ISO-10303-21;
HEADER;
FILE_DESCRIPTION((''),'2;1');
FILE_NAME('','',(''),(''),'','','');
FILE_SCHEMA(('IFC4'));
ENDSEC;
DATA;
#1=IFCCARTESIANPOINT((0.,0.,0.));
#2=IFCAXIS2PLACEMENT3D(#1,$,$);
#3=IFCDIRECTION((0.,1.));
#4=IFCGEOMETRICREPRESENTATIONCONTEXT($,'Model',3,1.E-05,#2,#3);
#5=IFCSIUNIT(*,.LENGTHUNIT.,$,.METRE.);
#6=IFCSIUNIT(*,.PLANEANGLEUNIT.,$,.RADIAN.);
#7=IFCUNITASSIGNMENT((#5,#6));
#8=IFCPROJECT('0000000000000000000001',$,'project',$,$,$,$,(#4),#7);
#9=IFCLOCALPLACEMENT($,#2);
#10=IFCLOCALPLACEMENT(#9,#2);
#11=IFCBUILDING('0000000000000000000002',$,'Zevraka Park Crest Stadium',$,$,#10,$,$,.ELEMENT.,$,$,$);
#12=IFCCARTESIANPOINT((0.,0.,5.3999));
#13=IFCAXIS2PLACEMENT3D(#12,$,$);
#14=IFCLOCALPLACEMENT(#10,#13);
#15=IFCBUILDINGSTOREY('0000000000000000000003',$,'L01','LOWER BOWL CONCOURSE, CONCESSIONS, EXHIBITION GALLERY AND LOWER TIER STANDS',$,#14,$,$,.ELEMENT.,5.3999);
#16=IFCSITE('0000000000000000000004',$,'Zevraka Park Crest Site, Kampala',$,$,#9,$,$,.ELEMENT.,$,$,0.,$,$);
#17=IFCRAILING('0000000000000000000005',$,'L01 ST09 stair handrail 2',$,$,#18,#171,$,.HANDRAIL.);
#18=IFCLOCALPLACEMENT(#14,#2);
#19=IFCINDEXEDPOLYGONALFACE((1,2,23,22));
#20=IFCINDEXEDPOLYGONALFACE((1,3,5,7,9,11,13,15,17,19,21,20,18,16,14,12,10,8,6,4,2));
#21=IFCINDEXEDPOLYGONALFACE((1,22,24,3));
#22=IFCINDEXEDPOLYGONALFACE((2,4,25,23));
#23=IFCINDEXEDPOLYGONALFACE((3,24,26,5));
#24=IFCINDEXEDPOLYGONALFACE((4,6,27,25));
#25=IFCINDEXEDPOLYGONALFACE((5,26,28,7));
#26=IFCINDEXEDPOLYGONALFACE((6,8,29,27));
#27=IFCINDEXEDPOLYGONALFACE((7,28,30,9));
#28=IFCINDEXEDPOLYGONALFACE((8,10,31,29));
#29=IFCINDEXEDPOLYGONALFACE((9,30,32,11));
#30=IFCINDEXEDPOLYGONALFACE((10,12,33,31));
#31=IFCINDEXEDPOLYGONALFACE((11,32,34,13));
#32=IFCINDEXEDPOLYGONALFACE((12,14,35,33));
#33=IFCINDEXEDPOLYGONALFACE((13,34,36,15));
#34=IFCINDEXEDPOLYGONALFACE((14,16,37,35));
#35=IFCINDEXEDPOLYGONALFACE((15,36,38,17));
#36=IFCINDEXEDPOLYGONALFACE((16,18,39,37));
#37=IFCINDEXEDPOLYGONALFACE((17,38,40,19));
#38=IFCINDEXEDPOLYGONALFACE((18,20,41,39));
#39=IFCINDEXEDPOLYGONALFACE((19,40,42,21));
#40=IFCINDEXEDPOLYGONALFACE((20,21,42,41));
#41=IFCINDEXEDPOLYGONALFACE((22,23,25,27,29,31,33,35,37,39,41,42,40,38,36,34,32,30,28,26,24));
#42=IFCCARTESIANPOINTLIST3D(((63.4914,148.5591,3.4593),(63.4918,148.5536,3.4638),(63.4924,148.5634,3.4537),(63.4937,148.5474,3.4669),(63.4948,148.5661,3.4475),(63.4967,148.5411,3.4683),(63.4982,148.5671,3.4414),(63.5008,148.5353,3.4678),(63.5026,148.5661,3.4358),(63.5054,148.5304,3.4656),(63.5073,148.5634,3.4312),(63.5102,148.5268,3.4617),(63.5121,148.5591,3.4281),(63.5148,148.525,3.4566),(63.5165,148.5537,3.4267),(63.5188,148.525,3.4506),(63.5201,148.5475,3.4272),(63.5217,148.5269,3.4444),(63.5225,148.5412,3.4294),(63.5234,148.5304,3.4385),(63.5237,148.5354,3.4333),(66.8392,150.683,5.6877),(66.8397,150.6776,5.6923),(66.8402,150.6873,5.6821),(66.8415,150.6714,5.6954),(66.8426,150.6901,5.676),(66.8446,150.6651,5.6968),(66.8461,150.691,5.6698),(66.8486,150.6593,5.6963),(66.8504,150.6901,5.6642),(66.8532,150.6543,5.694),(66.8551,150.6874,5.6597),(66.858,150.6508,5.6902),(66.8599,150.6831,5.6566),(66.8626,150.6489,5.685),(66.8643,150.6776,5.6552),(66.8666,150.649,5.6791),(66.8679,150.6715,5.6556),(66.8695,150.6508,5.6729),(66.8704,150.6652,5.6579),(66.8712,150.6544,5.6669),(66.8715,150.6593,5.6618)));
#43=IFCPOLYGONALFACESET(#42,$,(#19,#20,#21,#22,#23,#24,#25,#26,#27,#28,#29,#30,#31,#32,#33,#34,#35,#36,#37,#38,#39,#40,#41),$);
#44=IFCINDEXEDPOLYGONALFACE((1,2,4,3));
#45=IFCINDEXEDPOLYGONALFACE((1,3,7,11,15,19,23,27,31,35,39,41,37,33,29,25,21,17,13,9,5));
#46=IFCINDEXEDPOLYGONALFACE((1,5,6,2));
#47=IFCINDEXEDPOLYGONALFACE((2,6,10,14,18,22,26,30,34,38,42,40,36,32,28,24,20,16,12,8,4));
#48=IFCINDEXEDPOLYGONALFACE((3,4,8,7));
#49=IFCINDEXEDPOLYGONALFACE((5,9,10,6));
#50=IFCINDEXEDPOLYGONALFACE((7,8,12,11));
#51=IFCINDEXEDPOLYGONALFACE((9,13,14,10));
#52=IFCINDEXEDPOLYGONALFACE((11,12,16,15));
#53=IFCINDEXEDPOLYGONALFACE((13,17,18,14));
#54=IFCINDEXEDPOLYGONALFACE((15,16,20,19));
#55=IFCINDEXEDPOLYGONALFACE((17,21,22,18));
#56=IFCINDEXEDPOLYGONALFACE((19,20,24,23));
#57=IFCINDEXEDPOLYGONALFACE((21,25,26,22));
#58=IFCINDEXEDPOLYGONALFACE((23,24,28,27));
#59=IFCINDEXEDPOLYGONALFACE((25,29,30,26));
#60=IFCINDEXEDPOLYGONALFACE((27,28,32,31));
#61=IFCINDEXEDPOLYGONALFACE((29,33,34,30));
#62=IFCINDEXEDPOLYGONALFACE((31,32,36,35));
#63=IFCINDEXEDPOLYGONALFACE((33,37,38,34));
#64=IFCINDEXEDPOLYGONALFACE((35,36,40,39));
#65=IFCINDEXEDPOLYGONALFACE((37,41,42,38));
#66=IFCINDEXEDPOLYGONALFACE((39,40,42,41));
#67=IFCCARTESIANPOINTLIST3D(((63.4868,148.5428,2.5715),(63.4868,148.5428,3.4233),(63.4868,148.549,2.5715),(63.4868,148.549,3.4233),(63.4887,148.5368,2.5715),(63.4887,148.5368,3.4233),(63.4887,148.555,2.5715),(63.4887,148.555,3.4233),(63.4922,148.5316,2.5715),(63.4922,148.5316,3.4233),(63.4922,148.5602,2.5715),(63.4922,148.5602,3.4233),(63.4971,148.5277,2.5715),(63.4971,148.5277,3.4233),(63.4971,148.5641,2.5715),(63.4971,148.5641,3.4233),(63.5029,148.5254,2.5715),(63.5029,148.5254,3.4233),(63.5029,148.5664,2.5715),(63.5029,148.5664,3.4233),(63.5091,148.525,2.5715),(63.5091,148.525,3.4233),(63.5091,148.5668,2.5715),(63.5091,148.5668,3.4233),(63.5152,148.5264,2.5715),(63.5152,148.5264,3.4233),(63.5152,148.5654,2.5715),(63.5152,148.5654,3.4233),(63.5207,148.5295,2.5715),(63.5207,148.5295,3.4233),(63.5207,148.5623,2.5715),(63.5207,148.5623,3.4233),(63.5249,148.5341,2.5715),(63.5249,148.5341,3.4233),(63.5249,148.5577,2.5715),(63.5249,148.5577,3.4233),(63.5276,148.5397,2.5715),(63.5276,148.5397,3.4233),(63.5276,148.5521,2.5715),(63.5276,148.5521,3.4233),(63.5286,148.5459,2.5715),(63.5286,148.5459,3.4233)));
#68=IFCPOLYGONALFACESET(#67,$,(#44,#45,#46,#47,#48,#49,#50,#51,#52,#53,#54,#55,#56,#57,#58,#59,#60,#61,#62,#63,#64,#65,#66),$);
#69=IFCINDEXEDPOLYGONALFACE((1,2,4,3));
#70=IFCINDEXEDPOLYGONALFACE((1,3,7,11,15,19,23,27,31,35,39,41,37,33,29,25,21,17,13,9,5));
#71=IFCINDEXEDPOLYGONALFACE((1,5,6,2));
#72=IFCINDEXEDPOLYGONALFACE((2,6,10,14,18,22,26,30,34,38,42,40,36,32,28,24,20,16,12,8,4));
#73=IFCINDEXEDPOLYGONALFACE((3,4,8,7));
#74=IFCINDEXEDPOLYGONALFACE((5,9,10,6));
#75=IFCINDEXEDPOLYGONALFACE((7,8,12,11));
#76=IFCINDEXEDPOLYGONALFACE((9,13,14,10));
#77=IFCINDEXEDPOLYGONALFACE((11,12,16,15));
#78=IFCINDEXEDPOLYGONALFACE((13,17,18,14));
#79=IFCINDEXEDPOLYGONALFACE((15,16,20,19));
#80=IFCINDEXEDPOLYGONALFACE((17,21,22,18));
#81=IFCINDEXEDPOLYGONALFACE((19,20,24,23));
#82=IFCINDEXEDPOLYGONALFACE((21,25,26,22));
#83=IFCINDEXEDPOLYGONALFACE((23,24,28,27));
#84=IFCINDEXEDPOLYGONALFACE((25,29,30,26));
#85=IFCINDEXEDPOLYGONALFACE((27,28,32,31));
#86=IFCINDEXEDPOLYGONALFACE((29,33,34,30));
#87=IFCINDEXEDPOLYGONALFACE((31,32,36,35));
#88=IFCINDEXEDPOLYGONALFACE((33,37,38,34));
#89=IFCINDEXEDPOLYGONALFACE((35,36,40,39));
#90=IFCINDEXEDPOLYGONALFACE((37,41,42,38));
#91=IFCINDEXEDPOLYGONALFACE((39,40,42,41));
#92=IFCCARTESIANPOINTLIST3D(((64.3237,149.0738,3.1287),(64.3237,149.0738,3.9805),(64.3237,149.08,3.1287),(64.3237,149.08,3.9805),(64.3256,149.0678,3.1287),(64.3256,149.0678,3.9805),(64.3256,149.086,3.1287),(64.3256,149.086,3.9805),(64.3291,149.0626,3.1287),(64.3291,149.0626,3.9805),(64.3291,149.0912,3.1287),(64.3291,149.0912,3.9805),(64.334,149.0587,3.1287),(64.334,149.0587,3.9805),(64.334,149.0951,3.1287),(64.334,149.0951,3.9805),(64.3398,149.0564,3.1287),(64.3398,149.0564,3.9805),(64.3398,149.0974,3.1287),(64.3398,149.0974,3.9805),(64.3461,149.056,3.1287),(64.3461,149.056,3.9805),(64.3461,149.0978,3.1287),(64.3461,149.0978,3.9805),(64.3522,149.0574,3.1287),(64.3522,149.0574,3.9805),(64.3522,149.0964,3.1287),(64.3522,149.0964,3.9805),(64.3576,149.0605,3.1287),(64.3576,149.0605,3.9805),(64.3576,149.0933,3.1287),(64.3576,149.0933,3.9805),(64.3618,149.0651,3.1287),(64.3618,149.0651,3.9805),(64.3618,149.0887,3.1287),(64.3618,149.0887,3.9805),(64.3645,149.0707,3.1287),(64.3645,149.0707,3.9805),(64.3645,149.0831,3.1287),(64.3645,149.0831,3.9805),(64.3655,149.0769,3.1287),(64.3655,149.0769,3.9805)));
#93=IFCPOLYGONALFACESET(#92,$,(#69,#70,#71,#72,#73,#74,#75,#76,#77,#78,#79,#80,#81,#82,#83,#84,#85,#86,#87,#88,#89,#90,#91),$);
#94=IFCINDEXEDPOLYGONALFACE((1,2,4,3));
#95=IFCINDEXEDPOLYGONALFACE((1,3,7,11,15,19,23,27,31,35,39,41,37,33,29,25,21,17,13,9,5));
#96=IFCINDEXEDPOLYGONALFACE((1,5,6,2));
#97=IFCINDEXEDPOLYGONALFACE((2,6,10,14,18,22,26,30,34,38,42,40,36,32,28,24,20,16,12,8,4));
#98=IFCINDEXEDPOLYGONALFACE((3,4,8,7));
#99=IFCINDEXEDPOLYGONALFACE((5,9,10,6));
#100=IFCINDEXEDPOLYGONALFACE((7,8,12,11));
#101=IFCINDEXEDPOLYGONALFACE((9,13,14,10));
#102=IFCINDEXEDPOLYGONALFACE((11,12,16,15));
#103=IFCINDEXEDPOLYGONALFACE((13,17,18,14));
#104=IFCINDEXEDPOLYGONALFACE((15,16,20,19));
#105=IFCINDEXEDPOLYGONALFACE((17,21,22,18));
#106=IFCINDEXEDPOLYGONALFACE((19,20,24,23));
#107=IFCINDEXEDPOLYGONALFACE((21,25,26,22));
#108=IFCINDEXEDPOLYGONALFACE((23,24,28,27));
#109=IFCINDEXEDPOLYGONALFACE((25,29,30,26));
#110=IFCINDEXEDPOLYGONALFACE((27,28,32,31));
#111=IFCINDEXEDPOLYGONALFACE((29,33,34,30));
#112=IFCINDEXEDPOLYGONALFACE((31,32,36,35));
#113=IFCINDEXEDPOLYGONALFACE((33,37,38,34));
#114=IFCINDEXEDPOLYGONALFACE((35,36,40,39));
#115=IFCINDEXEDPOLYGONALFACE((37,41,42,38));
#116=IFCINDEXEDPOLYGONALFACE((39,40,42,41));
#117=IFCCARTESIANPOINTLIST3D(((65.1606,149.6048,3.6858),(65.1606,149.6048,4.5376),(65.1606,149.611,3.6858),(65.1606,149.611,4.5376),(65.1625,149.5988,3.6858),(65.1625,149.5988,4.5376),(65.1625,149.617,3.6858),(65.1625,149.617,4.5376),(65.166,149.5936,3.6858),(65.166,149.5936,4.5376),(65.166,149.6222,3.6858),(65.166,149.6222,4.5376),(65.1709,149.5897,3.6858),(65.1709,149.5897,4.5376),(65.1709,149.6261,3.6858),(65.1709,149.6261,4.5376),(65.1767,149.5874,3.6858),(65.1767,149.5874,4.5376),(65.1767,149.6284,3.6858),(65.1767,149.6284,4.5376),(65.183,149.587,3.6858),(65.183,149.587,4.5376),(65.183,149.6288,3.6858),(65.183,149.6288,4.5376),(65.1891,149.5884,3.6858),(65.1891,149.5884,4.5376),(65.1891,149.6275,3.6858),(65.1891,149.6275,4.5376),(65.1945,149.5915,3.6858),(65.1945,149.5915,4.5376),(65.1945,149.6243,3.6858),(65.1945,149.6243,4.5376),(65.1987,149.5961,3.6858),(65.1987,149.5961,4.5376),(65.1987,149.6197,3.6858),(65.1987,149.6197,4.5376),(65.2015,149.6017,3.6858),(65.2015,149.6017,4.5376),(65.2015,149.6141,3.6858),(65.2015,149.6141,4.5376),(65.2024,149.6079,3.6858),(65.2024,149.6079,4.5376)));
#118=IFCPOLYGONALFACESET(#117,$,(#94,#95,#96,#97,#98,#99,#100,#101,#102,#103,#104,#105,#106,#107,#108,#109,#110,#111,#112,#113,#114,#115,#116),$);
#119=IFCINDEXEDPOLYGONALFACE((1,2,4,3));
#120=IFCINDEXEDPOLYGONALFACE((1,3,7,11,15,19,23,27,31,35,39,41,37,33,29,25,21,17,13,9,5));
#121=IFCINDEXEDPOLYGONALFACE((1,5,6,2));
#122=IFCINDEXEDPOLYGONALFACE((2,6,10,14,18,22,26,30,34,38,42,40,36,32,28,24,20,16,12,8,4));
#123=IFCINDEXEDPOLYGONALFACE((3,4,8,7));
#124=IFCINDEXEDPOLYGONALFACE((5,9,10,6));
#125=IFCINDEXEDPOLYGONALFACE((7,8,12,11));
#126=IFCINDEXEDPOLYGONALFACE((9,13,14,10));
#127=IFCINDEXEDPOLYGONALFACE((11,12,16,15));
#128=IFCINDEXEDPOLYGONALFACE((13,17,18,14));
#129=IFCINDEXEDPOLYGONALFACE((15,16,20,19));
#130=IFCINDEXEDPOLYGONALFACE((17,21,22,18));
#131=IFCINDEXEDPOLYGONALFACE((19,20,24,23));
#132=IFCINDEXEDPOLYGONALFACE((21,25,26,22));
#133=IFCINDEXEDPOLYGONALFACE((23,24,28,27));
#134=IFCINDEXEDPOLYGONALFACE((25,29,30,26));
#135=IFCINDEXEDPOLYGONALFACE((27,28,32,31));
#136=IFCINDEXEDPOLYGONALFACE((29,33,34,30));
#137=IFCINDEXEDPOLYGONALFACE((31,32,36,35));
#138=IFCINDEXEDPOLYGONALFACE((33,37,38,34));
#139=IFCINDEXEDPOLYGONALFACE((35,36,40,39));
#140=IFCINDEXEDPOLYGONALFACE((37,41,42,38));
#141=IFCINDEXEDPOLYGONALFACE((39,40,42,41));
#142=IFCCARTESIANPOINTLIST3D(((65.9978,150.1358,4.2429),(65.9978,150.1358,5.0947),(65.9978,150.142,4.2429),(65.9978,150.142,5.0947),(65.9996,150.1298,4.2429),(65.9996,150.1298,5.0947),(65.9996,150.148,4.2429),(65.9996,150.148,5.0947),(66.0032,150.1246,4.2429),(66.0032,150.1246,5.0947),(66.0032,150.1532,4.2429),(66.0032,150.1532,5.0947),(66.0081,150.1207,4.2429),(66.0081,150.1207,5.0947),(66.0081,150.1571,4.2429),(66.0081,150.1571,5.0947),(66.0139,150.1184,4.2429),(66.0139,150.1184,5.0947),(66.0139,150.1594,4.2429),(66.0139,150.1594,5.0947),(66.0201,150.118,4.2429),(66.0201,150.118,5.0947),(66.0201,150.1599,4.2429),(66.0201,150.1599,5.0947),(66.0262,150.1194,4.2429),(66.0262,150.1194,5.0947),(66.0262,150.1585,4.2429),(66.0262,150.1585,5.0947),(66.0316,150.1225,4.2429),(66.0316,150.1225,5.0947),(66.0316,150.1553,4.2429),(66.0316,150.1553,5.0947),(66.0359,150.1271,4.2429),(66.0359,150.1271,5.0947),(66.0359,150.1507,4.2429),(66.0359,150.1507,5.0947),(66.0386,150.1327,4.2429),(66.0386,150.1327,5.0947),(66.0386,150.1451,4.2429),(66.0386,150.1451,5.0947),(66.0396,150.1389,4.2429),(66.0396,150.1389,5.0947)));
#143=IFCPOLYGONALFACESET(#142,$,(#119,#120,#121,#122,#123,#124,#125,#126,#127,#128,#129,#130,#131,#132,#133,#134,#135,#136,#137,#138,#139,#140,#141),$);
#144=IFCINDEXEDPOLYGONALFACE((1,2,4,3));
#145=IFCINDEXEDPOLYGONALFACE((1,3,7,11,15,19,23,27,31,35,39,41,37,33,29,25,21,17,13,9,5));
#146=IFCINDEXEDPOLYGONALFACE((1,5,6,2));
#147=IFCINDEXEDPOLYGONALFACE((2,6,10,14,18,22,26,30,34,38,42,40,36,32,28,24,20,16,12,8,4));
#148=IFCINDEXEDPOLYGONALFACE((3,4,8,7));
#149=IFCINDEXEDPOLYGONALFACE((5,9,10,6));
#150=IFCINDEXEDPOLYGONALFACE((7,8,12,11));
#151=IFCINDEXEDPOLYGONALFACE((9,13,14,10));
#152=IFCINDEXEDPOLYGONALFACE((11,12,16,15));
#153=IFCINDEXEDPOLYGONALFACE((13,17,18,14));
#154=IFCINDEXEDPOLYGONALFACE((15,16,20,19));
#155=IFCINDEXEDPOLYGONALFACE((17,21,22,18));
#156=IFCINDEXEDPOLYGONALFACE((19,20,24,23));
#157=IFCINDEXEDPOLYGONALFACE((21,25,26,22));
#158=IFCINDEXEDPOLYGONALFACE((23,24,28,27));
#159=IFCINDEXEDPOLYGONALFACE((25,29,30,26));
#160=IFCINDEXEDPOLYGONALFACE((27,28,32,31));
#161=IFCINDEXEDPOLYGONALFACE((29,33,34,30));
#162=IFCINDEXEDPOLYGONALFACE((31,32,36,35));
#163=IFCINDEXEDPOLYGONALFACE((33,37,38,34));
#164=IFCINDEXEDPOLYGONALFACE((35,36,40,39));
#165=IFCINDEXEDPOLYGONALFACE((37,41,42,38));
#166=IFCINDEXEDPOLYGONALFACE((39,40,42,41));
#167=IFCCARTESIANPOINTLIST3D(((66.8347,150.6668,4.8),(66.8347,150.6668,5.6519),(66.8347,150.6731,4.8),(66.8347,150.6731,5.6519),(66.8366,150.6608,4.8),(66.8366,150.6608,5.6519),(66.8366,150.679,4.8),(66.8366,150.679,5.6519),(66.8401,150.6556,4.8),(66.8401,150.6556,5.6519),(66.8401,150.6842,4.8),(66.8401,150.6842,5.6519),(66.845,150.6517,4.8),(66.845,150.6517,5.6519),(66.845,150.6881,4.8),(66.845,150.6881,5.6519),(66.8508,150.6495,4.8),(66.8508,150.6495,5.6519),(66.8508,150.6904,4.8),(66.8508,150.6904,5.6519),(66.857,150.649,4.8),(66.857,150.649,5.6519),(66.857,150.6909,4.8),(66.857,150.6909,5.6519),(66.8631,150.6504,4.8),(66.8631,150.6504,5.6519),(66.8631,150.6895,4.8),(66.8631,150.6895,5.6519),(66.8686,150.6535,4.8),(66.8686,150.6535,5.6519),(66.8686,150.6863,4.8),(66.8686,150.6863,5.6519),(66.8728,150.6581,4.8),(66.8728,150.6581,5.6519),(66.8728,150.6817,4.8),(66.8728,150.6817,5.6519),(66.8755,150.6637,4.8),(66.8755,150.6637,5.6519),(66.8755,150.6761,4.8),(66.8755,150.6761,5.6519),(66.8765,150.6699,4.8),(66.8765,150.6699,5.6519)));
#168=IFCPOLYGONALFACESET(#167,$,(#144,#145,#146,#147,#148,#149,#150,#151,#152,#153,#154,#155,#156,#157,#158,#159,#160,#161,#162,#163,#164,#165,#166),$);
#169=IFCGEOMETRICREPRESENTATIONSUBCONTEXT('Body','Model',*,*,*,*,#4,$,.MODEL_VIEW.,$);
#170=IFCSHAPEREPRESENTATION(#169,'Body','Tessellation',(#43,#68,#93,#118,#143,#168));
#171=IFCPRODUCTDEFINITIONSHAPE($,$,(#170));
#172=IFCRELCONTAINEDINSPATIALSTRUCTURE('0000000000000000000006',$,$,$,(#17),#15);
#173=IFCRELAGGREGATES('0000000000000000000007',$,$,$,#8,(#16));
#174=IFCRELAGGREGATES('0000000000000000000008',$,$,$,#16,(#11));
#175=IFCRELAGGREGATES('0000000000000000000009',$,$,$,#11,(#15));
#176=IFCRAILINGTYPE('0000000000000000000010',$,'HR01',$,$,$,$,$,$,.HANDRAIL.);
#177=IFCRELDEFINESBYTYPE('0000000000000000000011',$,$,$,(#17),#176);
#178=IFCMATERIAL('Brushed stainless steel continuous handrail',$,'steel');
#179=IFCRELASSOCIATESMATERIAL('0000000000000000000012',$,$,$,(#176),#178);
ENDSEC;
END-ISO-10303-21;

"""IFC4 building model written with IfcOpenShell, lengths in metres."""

from ifc_helpers import new_model, si_unit, direction, frame, origin, origin_2d, place, context, subcontext, project, spatial, circle, extrude, material, type_object, element, save


model = new_model("IFC4")

# Units and contexts
model_context = context("Model", 3, precision=1e-05, world=origin(), true_north=direction((0.0, 1.0)))
body_context = subcontext(model_context, "Body", "Model", "MODEL_VIEW")
ifc_project = project(units=[si_unit("LENGTHUNIT", "METRE"), si_unit("PLANEANGLEUNIT", "RADIAN")], contexts=[model_context])

# Site, building, storey
site_placement = place(None, origin())
site = spatial("IfcSite", under=ifc_project, at=site_placement, Name="Zevraka Park Crest Site, Kampala", CompositionType="ELEMENT", RefElevation=0.0)
building_placement = place(site_placement, origin())
building = spatial("IfcBuilding", under=site, at=building_placement, Name="Zevraka Park Crest Stadium", CompositionType="ELEMENT")
storey_placement = place(building_placement, frame((0.0, 0.0, 5.3999)))
storey = spatial("IfcBuildingStorey", under=building, at=storey_placement, Name="L01", Description="LOWER BOWL CONCOURSE, CONCESSIONS, EXHIBITION GALLERY AND LOWER TIER STANDS", CompositionType="ELEMENT", Elevation=5.3999)

# Railing
ifc_material_1 = material(Name="Brushed stainless steel continuous handrail", Category="steel")
railing_type_1 = type_object("IfcRailingType", Name="HR01", PredefinedType="HANDRAIL", material=ifc_material_1)
railing_1_placement = place(storey_placement, frame((63.5076, 148.5459, 2.5715)))
element("IfcRailing", 1, at=railing_1_placement, inside=storey, type_object=railing_type_1, Name="L01 ST09 stair handrail 2", PredefinedType="HANDRAIL", context=body_context, shape_type="SweptSolid", body=[
    extrude(circle(Radius=0.0239, at=origin_2d()), frame((0.0, 0.0, 0.876), z_axis=(0.736092, 0.467002, 0.489977), x_axis=(-0.535716, 0.844399, 0.0)), (0.0, 0.0, 1.0), 4.5481),
    extrude(circle(Radius=0.021, at=origin_2d()), origin(), (0.0, 0.0, 1.0), 0.8518),
    extrude(circle(Radius=0.021, at=origin_2d()), frame((0.8369, 0.531, 0.5571)), (0.0, 0.0, 1.0), 0.8518),
    extrude(circle(Radius=0.021, at=origin_2d()), frame((1.6738, 1.062, 1.1143)), (0.0, 0.0, 1.0), 0.8518),
    extrude(circle(Radius=0.021, at=origin_2d()), frame((2.511, 1.593, 1.6714)), (0.0, 0.0, 1.0), 0.8518),
    extrude(circle(Radius=0.021, at=origin_2d()), frame((3.3479, 2.124, 2.2285)), (0.0, 0.0, 1.0), 0.8518),
])

save(model, "model.ifc")
